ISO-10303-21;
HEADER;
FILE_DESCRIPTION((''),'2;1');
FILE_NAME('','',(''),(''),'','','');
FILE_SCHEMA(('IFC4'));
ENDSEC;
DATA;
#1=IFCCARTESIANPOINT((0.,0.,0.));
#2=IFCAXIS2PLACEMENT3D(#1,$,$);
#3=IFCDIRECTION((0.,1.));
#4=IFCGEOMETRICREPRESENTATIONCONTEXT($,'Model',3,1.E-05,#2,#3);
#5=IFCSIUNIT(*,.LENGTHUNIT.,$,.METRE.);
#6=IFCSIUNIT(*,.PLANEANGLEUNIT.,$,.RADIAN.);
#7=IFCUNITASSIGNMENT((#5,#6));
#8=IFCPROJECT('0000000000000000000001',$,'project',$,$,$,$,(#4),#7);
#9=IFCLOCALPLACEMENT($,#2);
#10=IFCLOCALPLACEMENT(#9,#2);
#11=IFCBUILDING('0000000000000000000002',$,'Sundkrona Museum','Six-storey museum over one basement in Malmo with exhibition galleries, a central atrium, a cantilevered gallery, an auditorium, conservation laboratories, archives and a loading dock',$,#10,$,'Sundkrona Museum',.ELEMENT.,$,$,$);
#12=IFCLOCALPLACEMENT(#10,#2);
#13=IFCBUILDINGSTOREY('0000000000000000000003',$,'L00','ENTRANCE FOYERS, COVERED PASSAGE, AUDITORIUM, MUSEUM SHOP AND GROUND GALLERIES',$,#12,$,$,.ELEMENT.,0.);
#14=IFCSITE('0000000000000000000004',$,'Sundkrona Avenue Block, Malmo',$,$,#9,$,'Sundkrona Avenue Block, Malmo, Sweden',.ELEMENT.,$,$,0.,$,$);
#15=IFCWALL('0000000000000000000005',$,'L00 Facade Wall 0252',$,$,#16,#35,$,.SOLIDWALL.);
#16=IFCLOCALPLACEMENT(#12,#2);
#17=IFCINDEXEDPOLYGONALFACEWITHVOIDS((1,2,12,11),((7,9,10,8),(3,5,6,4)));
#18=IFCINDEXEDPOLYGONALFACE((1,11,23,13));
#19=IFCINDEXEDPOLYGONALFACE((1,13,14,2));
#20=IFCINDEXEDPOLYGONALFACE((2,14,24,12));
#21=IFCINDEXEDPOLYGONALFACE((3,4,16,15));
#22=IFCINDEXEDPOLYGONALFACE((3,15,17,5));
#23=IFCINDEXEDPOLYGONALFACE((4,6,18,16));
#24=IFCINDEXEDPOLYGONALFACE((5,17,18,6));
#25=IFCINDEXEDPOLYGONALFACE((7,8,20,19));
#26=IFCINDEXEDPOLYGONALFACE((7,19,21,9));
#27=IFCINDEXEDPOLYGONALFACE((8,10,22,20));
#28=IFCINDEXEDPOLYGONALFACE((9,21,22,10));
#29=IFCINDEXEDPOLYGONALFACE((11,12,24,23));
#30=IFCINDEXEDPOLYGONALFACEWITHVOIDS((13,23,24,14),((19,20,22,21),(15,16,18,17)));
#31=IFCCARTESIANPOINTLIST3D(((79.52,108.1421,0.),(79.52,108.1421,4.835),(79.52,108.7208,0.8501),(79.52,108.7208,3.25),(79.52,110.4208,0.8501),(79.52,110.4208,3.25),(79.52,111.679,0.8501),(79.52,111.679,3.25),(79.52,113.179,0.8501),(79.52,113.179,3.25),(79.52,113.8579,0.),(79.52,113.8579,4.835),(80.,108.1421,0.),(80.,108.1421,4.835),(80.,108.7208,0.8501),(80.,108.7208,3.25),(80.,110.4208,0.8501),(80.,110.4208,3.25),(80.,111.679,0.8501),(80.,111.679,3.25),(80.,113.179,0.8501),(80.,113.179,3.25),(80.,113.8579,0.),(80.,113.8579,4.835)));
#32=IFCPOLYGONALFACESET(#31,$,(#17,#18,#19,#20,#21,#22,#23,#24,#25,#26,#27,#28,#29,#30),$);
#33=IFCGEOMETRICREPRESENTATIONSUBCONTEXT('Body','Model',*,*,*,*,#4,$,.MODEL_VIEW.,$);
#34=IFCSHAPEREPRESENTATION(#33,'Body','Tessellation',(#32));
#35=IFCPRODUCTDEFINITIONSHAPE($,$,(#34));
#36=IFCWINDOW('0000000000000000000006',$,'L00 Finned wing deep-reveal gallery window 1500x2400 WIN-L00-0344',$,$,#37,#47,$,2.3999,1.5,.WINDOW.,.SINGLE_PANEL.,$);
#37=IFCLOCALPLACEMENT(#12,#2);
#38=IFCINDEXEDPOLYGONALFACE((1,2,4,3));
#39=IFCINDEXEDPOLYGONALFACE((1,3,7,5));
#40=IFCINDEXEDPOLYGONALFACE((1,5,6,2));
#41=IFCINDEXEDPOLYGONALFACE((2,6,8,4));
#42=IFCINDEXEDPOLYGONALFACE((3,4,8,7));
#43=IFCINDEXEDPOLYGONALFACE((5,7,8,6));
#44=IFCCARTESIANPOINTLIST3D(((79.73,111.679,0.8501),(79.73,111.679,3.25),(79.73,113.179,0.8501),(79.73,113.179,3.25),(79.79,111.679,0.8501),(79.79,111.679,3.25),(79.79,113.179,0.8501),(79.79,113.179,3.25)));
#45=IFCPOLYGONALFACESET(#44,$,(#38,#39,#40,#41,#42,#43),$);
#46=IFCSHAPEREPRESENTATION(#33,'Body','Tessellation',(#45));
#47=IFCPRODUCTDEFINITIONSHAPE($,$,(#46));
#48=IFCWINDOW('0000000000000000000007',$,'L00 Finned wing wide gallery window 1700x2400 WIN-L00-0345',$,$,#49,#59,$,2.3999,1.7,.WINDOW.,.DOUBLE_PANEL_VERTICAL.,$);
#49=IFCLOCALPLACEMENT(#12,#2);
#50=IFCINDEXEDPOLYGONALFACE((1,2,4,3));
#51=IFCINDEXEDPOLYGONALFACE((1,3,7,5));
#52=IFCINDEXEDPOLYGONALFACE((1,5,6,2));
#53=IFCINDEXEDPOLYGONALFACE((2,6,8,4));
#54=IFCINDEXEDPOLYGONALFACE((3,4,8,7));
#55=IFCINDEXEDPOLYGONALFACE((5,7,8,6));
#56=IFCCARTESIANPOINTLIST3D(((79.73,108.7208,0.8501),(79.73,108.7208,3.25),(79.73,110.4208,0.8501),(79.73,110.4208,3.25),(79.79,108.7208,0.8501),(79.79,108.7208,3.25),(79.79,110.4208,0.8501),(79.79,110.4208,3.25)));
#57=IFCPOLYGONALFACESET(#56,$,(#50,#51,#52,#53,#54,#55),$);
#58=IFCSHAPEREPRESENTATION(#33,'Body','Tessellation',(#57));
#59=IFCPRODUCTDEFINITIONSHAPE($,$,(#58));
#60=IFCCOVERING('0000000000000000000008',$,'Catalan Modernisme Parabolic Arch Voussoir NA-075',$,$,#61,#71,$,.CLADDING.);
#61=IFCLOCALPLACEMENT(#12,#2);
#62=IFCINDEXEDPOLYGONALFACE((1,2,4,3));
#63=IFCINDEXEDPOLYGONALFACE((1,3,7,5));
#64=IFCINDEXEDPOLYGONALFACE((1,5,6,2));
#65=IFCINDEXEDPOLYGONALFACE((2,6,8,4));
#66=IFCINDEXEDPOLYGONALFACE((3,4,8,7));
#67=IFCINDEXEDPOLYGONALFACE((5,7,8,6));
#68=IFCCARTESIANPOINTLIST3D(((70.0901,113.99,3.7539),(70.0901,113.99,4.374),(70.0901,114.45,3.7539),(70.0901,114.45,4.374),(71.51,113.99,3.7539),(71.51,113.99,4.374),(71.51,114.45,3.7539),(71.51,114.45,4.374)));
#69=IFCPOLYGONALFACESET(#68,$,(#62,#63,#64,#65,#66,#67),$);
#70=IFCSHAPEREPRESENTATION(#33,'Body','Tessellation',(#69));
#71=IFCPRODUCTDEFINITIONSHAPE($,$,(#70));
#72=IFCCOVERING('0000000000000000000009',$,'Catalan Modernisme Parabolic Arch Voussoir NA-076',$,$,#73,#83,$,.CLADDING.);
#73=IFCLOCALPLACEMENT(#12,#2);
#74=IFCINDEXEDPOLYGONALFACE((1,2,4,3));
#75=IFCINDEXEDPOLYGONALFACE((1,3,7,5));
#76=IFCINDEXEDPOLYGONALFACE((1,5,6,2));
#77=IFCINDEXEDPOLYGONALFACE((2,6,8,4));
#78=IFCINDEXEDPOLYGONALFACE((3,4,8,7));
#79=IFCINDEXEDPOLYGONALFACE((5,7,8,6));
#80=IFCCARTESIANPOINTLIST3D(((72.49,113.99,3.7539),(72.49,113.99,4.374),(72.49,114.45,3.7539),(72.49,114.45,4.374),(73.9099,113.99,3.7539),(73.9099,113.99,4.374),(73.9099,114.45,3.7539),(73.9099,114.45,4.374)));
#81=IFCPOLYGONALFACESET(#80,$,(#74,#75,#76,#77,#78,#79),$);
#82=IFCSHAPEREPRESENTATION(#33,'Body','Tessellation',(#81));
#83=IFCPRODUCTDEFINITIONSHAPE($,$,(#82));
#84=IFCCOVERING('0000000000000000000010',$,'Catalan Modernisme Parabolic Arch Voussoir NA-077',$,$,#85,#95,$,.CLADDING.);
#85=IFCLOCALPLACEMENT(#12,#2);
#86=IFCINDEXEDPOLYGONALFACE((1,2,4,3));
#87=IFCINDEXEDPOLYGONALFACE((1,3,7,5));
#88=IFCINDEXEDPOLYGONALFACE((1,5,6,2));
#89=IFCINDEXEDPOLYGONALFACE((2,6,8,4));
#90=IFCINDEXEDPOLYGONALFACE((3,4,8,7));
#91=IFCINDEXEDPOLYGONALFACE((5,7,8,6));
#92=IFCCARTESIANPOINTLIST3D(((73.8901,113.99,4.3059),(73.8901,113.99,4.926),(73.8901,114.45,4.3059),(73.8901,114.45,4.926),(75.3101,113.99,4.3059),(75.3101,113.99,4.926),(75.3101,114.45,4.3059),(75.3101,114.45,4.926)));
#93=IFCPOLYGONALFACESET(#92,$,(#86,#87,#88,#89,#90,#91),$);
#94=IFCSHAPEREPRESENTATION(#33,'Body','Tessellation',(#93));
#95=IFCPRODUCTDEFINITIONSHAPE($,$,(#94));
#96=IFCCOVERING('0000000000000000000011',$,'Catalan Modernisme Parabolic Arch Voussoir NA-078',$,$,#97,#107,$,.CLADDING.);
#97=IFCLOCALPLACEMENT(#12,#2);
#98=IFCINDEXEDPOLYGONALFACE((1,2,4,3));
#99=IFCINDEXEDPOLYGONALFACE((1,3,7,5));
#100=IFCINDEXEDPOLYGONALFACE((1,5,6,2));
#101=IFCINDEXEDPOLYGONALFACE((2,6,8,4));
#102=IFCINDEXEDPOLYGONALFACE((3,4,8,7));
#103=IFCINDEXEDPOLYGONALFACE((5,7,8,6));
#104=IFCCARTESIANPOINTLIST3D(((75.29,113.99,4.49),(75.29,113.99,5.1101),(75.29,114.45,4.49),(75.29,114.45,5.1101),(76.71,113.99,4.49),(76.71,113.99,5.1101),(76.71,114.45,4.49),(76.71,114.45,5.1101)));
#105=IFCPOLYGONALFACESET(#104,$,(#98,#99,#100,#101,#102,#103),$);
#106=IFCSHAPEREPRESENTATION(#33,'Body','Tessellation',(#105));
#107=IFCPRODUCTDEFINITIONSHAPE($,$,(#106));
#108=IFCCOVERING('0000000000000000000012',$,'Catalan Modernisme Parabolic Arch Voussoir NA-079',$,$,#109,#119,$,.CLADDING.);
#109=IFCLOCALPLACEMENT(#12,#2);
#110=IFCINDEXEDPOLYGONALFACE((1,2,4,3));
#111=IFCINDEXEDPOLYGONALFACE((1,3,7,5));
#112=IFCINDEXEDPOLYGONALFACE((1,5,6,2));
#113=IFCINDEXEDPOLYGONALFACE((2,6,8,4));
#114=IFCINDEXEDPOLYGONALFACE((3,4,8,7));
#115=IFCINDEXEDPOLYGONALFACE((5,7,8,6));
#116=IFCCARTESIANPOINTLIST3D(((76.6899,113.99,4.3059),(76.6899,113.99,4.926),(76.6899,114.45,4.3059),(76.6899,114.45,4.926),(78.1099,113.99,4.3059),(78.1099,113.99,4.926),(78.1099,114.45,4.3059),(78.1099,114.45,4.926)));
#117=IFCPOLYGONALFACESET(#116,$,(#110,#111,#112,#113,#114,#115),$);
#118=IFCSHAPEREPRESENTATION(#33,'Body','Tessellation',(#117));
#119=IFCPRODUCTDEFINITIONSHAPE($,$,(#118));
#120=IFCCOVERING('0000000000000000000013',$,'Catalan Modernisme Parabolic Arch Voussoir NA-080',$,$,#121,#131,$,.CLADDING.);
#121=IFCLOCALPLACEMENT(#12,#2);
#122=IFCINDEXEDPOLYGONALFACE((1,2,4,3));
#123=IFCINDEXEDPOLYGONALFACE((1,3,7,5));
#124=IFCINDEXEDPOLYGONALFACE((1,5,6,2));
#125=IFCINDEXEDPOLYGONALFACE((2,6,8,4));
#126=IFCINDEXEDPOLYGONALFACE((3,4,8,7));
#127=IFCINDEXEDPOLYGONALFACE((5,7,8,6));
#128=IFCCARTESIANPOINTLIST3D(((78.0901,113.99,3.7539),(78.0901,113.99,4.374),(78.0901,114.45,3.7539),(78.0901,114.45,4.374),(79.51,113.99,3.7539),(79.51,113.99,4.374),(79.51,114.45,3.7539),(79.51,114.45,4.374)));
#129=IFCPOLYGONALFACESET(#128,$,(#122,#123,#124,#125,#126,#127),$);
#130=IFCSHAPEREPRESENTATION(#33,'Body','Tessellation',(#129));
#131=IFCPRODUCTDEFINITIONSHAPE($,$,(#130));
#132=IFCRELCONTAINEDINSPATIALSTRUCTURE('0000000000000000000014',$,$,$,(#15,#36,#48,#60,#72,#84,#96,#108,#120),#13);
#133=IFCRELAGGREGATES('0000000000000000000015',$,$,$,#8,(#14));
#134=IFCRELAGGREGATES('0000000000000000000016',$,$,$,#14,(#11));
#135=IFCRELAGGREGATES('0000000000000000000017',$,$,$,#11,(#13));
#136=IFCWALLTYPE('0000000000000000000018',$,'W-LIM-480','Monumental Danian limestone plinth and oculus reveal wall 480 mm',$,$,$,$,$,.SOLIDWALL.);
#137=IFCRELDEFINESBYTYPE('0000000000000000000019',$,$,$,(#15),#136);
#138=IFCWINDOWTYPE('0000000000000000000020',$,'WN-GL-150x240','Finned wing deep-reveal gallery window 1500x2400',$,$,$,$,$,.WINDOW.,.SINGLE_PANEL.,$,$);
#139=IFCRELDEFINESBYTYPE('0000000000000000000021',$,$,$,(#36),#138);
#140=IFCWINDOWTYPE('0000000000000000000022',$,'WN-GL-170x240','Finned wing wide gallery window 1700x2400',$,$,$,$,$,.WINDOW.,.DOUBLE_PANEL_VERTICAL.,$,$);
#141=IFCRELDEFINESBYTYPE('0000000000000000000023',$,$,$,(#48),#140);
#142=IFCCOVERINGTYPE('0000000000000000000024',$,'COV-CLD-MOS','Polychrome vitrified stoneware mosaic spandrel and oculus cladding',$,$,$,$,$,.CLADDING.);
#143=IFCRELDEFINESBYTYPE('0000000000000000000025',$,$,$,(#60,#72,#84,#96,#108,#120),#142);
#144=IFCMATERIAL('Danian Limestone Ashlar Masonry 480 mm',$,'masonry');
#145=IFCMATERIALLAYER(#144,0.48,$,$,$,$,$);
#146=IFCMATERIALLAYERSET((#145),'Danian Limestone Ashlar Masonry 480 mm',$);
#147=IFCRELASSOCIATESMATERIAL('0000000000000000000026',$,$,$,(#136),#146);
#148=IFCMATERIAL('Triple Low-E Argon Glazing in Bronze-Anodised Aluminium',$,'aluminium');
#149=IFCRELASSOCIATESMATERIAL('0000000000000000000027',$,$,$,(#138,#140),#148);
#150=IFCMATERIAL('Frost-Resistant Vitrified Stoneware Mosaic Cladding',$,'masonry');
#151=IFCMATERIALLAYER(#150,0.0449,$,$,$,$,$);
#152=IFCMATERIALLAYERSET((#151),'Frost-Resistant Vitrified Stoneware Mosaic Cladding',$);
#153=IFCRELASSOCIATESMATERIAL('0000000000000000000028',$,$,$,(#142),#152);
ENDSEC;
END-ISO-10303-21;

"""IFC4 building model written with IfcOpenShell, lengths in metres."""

from ifc_helpers import new_model, si_unit, direction, frame, frame_2d, origin, origin_2d, place, context, subcontext, project, spatial, rectangle, extrude, material, layer, layer_set, type_object, element, fill, save


model = new_model("IFC4")

# Units and contexts
model_context = context("Model", 3, precision=1e-05, world=origin(), true_north=direction((0.0, 1.0)))
body_context = subcontext(model_context, "Body", "Model", "MODEL_VIEW")
ifc_project = project(units=[si_unit("LENGTHUNIT", "METRE"), si_unit("PLANEANGLEUNIT", "RADIAN")], contexts=[model_context])

# Site, building, storey
site_placement = place(None, origin())
site = spatial("IfcSite", under=ifc_project, at=site_placement, Name="Sundkrona Avenue Block, Malmo", LongName="Sundkrona Avenue Block, Malmo, Sweden", CompositionType="ELEMENT", RefElevation=0.0)
building_placement = place(site_placement, origin())
building = spatial("IfcBuilding", under=site, at=building_placement, Name="Sundkrona Museum", Description="Six-storey museum over one basement in Malmo with exhibition galleries, a central atrium, a cantilevered gallery, an auditorium, conservation laboratories, archives and a loading dock", LongName="Sundkrona Museum", CompositionType="ELEMENT")
storey_placement = place(building_placement, origin())
storey = spatial("IfcBuildingStorey", under=building, at=storey_placement, Name="L00", Description="ENTRANCE FOYERS, COVERED PASSAGE, AUDITORIUM, MUSEUM SHOP AND GROUND GALLERIES", CompositionType="ELEMENT", Elevation=0.0)

# Wall, openings, windows
ifc_material_1 = material(Name="Danian Limestone Ashlar Masonry 480 mm", Category="masonry")
ifc_layer_1 = layer(ifc_material_1, 0.48)
ifc_layer_set_1 = layer_set([ifc_layer_1], Name="Danian Limestone Ashlar Masonry 480 mm")
wall_type = type_object("IfcWallType", Name="W-LIM-480", Description="Monumental Danian limestone plinth and oculus reveal wall 480 mm", PredefinedType="SOLIDWALL", material=ifc_layer_set_1)
ifc_material_2 = material(Name="Triple Low-E Argon Glazing in Bronze-Anodised Aluminium", Category="aluminium")
window_type_1 = type_object("IfcWindowType", Name="WN-GL-150x240", Description="Finned wing deep-reveal gallery window 1500x2400", PartitioningType="SINGLE_PANEL", PredefinedType="WINDOW", material=ifc_material_2)
window_type_2 = type_object("IfcWindowType", Name="WN-GL-170x240", Description="Finned wing wide gallery window 1700x2400", PartitioningType="DOUBLE_PANEL_VERTICAL", PredefinedType="WINDOW", material=ifc_material_2)
wall_1_placement = place(storey_placement, frame((79.76, 113.8579, 0.0), z_axis=(0.0, 0.0, 1.0), x_axis=(0.0, -1.0, 0.0)))
wall_1 = element("IfcWall", 1, at=wall_1_placement, inside=storey, type_object=wall_type, Name="L00 Facade Wall 0252", PredefinedType="SOLIDWALL", context=body_context, shape_type="SweptSolid", body=[
    extrude(rectangle(XDim=5.7158, YDim=0.48, at=frame_2d((2.8579, 0.0))), origin(), (0.0, 0.0, 1.0), 4.835),
])
opening_1_placement = place(wall_1_placement, frame((0.679, 0.0, 0.8501)))
opening_1 = element("IfcOpeningElement", 2, at=opening_1_placement, cuts=wall_1, PredefinedType="OPENING", context=body_context, shape_type="SweptSolid", body=[
    extrude(rectangle(XDim=1.5, YDim=2.3999, at=frame_2d((0.75, 1.2))), frame((0.0, 0.25, 0.0), z_axis=(0.0, -1.0, 0.0), x_axis=(1.0, 0.0, 0.0)), (0.0, 0.0, 1.0), 0.5),
])
opening_2_placement = place(wall_1_placement, frame((3.437, 0.0, 0.8501)))
opening_2 = element("IfcOpeningElement", 3, at=opening_2_placement, cuts=wall_1, PredefinedType="OPENING", context=body_context, shape_type="SweptSolid", body=[
    extrude(rectangle(XDim=1.7, YDim=2.3999, at=frame_2d((0.8501, 1.2))), frame((0.0, 0.25, 0.0), z_axis=(0.0, -1.0, 0.0), x_axis=(1.0, 0.0, 0.0)), (0.0, 0.0, 1.0), 0.5),
])
window_1_placement = place(opening_1_placement, origin())
window_1 = element("IfcWindow", 4, at=window_1_placement, inside=storey, type_object=window_type_1, Name="L00 Finned wing deep-reveal gallery window 1500x2400 WIN-L00-0344", OverallHeight=2.3999, OverallWidth=1.5, PartitioningType="SINGLE_PANEL", PredefinedType="WINDOW", context=body_context, shape_type="SweptSolid", body=[
    extrude(rectangle(XDim=1.5, YDim=2.3999, at=frame_2d((0.75, 1.2))), frame((0.0, 0.03, 0.0), z_axis=(0.0, -1.0, 0.0), x_axis=(1.0, 0.0, 0.0)), (0.0, 0.0, 1.0), 0.0601),
])
fill(opening_1, window_1)
window_2_placement = place(opening_2_placement, origin())
window_2 = element("IfcWindow", 5, at=window_2_placement, inside=storey, type_object=window_type_2, Name="L00 Finned wing wide gallery window 1700x2400 WIN-L00-0345", OverallHeight=2.3999, OverallWidth=1.7, PartitioningType="DOUBLE_PANEL_VERTICAL", PredefinedType="WINDOW", context=body_context, shape_type="SweptSolid", body=[
    extrude(rectangle(XDim=1.7, YDim=2.3999, at=frame_2d((0.8501, 1.2))), frame((0.0, 0.03, 0.0), z_axis=(0.0, -1.0, 0.0), x_axis=(1.0, 0.0, 0.0)), (0.0, 0.0, 1.0), 0.0601),
])
fill(opening_2, window_2)

# Coverings
ifc_material_3 = material(Name="Frost-Resistant Vitrified Stoneware Mosaic Cladding", Category="masonry")
ifc_layer_2 = layer(ifc_material_3, 0.0449)
ifc_layer_set_2 = layer_set([ifc_layer_2], Name="Frost-Resistant Vitrified Stoneware Mosaic Cladding")
covering_type = type_object("IfcCoveringType", Name="COV-CLD-MOS", Description="Polychrome vitrified stoneware mosaic spandrel and oculus cladding", PredefinedType="CLADDING", material=ifc_layer_set_2)
for number, where, z_axis, x_axis, name in (
    (6, (70.8, 114.22, 3.7539), (0.0, 0.0, 1.0), (1.0, 0.0, 0.0), "Catalan Modernisme Parabolic Arch Voussoir NA-075"),
    (7, (73.2, 114.22, 3.7539), (0.0, 0.0, 1.0), (1.0, 0.0, 0.0), "Catalan Modernisme Parabolic Arch Voussoir NA-076"),
    (8, (74.6001, 114.22, 4.3059), (0.0, 0.0, 1.0), (1.0, 0.0, 0.0), "Catalan Modernisme Parabolic Arch Voussoir NA-077"),
    (9, (76.0, 114.22, 4.49), (0.0, 0.0, 1.0), (1.0, 0.0, 0.0), "Catalan Modernisme Parabolic Arch Voussoir NA-078"),
    (10, (77.3999, 114.22, 4.3059), (0.0, 0.0, 1.0), (1.0, 0.0, 0.0), "Catalan Modernisme Parabolic Arch Voussoir NA-079"),
    (11, (78.8, 114.22, 3.7539), (0.0, 0.0, 1.0), (1.0, 0.0, 0.0), "Catalan Modernisme Parabolic Arch Voussoir NA-080"),
):
    element("IfcCovering", number, at=place(storey_placement, frame(where, z_axis=z_axis, x_axis=x_axis)), inside=storey, type_object=covering_type, Name=name, PredefinedType="CLADDING", context=body_context, shape_type="SweptSolid", body=[
        extrude(rectangle(XDim=1.4199, YDim=0.46, at=origin_2d()), origin(), (0.0, 0.0, 1.0), 0.6201),
    ])

save(model, "model.ifc")
